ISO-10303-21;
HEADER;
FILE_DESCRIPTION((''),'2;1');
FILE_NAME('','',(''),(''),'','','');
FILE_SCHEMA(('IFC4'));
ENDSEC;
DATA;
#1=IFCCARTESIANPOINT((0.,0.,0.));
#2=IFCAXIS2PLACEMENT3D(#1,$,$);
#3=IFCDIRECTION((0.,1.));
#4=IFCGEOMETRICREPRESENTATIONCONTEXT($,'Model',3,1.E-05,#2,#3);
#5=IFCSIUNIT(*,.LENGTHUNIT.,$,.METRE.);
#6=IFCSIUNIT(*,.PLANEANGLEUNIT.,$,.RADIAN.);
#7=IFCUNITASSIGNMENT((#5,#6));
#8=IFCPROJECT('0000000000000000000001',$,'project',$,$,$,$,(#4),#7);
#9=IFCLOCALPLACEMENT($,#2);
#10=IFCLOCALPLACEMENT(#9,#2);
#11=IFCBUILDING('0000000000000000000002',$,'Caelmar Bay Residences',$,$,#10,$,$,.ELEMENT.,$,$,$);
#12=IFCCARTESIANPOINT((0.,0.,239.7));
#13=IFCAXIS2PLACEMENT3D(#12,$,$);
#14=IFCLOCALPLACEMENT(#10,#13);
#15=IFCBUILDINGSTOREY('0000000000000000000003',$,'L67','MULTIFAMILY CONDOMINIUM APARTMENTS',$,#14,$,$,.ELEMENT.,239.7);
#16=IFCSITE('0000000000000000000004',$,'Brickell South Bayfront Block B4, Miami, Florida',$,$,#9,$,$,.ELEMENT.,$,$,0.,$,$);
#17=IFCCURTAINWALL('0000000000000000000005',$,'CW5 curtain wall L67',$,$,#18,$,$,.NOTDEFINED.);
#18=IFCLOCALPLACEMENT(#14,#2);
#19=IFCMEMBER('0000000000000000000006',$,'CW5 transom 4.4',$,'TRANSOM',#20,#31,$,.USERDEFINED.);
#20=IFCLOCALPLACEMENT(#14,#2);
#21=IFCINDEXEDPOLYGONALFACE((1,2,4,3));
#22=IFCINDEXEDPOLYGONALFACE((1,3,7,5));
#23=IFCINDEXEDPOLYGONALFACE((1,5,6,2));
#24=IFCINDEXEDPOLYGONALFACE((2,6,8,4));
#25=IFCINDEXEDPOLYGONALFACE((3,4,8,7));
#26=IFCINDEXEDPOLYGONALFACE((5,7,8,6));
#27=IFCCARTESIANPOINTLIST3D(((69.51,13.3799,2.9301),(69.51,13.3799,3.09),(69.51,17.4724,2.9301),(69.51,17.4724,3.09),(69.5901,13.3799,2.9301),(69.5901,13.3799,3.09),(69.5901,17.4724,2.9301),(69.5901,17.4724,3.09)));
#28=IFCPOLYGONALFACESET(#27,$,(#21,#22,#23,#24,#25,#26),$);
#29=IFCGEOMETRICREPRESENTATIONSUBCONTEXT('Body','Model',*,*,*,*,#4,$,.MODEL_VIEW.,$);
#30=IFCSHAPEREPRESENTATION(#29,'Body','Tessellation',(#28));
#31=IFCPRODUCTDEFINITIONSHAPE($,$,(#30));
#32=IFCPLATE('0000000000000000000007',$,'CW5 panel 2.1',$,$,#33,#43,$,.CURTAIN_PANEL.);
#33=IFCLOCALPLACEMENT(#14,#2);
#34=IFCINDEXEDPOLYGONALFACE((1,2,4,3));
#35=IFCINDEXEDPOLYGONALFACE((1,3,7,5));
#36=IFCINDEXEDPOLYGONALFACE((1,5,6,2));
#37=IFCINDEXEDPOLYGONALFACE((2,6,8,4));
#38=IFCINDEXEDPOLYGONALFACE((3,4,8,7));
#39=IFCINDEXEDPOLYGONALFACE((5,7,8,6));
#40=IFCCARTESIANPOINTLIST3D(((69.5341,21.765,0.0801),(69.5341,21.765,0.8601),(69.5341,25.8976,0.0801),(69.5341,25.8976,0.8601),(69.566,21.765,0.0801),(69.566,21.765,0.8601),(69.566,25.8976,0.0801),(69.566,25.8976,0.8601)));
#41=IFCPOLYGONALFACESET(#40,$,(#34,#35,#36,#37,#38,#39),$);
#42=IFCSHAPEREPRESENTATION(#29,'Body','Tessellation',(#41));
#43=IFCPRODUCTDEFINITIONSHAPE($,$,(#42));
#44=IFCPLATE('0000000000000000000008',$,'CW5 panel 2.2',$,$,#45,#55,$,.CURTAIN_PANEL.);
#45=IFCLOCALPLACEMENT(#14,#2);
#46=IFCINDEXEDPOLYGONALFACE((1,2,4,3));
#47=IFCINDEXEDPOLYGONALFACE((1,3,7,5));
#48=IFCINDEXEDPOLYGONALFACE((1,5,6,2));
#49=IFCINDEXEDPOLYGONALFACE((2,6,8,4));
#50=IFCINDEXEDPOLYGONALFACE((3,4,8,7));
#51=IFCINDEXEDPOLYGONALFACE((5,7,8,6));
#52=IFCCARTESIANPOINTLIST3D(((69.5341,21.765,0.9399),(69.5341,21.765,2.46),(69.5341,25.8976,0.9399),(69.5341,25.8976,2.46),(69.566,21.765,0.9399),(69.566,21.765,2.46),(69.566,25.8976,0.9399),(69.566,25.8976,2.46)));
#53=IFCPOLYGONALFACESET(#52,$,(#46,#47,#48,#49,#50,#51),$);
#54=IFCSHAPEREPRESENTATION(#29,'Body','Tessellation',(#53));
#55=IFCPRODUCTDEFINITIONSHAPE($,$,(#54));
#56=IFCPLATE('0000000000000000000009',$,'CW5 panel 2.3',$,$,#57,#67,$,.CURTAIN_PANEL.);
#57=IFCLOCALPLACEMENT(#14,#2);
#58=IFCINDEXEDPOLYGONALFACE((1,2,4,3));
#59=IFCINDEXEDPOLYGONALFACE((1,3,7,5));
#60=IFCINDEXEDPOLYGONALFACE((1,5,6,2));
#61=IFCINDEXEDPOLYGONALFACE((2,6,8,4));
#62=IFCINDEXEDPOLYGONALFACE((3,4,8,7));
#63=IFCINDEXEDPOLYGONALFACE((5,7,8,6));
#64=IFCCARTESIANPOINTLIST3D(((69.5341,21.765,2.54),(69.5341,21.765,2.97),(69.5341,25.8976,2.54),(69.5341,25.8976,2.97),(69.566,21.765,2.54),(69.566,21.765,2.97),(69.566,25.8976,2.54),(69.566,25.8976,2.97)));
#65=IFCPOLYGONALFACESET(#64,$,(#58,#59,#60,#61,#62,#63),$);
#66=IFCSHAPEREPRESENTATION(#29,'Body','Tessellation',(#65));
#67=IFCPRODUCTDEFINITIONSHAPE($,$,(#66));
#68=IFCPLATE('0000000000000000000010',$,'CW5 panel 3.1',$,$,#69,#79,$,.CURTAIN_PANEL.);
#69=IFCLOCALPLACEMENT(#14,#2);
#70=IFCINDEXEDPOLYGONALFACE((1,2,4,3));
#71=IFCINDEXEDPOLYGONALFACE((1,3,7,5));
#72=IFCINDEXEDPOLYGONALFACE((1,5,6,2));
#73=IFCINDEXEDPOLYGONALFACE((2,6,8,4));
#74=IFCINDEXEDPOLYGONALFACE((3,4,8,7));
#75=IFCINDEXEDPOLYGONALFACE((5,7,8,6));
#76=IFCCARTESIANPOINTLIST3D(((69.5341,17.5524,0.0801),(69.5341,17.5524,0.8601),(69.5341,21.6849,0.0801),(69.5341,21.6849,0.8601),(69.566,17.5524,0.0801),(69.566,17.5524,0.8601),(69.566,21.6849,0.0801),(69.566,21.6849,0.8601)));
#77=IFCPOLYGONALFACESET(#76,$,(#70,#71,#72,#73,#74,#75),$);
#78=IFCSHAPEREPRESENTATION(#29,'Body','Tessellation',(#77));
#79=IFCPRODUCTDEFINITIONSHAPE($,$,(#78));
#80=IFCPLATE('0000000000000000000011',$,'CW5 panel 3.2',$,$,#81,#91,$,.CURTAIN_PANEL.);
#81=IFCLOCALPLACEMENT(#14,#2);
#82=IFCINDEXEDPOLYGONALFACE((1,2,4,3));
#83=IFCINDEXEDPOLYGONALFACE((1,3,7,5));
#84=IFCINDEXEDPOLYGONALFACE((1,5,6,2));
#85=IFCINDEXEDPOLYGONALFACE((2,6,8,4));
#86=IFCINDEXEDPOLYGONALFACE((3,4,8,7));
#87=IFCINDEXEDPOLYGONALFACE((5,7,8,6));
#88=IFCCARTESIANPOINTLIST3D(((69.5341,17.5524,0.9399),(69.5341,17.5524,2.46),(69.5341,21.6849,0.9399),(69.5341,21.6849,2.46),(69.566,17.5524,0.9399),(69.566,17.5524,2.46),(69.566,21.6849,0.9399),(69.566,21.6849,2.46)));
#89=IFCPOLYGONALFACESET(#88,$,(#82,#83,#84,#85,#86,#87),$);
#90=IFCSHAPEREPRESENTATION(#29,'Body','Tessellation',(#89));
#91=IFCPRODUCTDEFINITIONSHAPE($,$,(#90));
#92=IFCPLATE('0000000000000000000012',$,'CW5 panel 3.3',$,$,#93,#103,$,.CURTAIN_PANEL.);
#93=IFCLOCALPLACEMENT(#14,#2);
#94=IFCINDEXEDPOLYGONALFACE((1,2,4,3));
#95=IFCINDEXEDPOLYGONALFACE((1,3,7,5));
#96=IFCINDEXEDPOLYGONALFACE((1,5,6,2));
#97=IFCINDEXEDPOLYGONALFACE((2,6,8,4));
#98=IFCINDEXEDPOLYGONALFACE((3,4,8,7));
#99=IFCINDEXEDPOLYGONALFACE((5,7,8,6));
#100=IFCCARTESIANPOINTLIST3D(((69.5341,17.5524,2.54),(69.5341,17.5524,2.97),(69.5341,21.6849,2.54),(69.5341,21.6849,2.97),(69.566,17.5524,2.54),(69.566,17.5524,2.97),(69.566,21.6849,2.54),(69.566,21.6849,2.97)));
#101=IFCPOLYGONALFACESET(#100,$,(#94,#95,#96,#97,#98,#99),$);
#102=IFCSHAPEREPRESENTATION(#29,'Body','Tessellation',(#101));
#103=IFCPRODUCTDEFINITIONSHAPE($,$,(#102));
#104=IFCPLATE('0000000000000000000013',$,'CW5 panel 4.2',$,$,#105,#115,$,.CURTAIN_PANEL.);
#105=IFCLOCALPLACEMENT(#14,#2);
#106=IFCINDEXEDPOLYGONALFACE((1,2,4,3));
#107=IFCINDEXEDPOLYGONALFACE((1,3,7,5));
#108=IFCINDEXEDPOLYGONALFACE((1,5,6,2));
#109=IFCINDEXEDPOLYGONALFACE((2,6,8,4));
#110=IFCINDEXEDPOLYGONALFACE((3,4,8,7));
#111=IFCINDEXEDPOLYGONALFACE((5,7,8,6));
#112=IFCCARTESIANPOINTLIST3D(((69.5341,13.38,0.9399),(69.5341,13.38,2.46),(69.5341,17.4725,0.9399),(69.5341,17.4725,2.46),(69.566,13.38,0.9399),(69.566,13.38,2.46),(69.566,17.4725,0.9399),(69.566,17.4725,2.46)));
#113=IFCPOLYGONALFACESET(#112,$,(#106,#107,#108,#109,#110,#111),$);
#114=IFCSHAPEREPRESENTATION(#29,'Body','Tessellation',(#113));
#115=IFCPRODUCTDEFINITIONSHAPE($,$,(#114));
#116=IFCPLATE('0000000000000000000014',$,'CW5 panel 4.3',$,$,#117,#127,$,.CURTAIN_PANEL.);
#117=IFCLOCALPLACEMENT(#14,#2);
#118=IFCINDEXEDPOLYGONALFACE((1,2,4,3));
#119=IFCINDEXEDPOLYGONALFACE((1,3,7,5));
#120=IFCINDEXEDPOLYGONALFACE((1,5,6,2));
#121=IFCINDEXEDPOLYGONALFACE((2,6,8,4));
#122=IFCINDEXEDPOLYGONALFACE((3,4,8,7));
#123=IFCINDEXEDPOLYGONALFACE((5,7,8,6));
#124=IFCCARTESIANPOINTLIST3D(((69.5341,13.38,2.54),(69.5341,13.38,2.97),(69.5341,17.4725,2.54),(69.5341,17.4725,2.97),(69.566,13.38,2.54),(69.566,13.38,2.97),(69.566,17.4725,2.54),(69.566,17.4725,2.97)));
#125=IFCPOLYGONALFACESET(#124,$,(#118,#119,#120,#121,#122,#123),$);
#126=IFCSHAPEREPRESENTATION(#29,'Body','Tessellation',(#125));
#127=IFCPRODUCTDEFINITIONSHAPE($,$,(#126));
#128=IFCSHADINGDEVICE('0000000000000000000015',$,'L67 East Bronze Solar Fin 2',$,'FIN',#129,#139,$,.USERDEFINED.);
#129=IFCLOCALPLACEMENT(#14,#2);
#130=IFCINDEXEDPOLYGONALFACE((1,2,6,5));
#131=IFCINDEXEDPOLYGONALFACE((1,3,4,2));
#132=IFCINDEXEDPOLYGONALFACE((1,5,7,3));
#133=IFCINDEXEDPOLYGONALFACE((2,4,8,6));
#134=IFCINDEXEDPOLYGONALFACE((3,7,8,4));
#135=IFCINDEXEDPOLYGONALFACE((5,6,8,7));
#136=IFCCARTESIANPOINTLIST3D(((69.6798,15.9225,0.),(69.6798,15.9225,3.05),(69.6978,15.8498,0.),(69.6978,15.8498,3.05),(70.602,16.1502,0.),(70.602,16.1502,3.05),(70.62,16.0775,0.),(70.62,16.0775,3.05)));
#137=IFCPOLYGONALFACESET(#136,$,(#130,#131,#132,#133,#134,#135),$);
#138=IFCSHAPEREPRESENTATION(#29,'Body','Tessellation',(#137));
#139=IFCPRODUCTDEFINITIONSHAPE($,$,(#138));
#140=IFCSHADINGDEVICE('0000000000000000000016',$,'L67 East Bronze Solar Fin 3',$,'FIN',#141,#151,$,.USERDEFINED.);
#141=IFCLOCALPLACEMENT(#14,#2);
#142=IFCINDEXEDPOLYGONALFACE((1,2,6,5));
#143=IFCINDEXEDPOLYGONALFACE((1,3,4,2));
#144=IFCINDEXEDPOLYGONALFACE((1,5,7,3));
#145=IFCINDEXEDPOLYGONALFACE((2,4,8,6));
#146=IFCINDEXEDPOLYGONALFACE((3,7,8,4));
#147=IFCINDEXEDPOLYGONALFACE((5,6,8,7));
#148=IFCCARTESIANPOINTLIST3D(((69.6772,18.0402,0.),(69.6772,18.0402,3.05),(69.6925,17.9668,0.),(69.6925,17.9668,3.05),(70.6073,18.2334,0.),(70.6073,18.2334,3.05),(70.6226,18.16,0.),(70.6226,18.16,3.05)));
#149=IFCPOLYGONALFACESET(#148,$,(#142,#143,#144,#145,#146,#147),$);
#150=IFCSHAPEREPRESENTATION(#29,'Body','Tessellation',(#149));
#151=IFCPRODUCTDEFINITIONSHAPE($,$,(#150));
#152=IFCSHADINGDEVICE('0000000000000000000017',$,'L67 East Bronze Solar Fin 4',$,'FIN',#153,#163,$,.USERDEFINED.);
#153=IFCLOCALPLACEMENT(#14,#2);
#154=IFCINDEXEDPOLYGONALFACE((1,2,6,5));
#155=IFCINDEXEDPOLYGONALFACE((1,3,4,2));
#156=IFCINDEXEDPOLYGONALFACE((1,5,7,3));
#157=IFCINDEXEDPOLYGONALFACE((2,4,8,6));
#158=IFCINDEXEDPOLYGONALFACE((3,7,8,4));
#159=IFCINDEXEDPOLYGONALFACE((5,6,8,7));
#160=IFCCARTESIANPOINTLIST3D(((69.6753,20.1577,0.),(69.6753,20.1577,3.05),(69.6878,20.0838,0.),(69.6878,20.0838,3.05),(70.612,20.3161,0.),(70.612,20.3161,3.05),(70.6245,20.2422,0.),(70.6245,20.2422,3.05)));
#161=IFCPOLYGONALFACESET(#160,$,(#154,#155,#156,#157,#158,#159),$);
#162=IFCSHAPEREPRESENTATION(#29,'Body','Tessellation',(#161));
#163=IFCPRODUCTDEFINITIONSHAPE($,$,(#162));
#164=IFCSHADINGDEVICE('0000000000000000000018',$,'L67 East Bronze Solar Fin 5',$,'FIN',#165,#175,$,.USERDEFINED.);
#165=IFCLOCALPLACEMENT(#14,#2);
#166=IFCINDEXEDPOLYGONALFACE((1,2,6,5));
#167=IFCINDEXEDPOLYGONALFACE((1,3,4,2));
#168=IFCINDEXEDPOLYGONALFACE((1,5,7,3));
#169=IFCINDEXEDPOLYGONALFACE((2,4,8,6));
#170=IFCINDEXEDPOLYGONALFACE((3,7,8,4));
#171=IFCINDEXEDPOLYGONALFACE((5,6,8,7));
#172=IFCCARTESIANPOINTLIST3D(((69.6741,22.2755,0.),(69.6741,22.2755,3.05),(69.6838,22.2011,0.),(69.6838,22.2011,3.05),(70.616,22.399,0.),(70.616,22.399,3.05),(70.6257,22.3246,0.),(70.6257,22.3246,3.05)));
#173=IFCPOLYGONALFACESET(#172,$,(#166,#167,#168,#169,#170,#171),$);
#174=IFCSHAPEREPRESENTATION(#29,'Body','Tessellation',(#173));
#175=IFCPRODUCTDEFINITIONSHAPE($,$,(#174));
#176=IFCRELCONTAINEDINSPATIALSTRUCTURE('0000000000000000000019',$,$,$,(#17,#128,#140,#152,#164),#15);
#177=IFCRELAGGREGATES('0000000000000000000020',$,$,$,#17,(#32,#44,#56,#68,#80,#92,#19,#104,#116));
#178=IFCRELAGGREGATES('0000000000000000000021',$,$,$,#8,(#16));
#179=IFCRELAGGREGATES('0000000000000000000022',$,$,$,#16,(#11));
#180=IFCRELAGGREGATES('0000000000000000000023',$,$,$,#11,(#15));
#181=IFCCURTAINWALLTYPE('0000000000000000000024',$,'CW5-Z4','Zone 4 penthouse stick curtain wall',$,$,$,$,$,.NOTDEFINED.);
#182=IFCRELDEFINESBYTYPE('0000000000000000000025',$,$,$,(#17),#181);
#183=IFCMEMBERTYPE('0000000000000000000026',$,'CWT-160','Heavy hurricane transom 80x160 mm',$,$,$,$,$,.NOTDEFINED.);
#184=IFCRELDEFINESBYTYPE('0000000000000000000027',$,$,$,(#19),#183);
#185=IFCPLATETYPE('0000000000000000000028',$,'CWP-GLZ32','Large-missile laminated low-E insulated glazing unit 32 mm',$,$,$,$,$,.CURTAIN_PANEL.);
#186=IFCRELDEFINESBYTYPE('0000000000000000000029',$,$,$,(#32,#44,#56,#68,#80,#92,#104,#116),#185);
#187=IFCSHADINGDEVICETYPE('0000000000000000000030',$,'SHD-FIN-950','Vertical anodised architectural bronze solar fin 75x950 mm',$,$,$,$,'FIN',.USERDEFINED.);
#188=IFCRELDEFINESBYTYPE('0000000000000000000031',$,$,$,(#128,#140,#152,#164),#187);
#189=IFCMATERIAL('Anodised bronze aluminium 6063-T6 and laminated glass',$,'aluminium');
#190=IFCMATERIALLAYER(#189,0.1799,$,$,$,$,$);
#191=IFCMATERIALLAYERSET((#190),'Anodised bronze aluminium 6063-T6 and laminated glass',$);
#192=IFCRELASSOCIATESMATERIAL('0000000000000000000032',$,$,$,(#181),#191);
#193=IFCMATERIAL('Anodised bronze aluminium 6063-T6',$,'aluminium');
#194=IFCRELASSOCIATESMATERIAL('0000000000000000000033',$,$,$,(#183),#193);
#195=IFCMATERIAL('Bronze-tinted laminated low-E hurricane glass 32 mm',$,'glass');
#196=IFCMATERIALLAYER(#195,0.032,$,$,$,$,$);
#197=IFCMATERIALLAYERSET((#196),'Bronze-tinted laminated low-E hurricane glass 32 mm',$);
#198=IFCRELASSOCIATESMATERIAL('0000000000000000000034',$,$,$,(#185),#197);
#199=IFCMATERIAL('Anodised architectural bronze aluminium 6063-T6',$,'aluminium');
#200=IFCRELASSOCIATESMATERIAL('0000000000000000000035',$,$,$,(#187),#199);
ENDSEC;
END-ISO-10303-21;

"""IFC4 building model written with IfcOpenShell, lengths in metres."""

from ifc_helpers import new_model, si_unit, direction, frame, origin, origin_2d, place, context, subcontext, project, spatial, rectangle, extrude, material, layer, layer_set, material_profile, profile_set, type_object, element, aggregate, save


model = new_model("IFC4")

# Units and contexts
model_context = context("Model", 3, precision=1e-05, world=origin(), true_north=direction((0.0, 1.0)))
body_context = subcontext(model_context, "Body", "Model", "MODEL_VIEW")
ifc_project = project(units=[si_unit("LENGTHUNIT", "METRE"), si_unit("PLANEANGLEUNIT", "RADIAN")], contexts=[model_context])

# Site, building, storey
site_placement = place(None, origin())
site = spatial("IfcSite", under=ifc_project, at=site_placement, Name="Brickell South Bayfront Block B4, Miami, Florida", CompositionType="ELEMENT", RefElevation=0.0)
building_placement = place(site_placement, origin())
building = spatial("IfcBuilding", under=site, at=building_placement, Name="Caelmar Bay Residences", CompositionType="ELEMENT")
storey_placement = place(building_placement, frame((0.0, 0.0, 239.7)))
storey = spatial("IfcBuildingStorey", under=building, at=storey_placement, Name="L67", Description="MULTIFAMILY CONDOMINIUM APARTMENTS", CompositionType="ELEMENT", Elevation=239.7)

# Curtain wall, member, plates
ifc_material_1 = material(Name="Anodised bronze aluminium 6063-T6 and laminated glass", Category="aluminium")
ifc_layer_1 = layer(ifc_material_1, 0.1799)
ifc_layer_set_1 = layer_set([ifc_layer_1], Name="Anodised bronze aluminium 6063-T6 and laminated glass")
curtain_wall_type = type_object("IfcCurtainWallType", Name="CW5-Z4", Description="Zone 4 penthouse stick curtain wall", PredefinedType="NOTDEFINED", material=ifc_layer_set_1)
curtain_wall_placement = place(storey_placement, origin())
curtain_wall = element("IfcCurtainWall", 1, at=curtain_wall_placement, inside=storey, type_object=curtain_wall_type, Name="CW5 curtain wall L67", PredefinedType="NOTDEFINED")
ifc_material_2 = material(Name="Anodised bronze aluminium 6063-T6", Category="aluminium")
ifc_material_profile_1 = material_profile(ifc_material_2, rectangle(XDim=0.0801, YDim=0.1599, at=origin_2d()), Name="CWT-80X160")
ifc_profile_set_1 = profile_set([ifc_material_profile_1], Name="Anodised bronze aluminium 6063-T6")
member_type_1 = type_object("IfcMemberType", Name="CWT-160", Description="Heavy hurricane transom 80x160 mm", PredefinedType="NOTDEFINED", material=ifc_profile_set_1)
member_1_placement = place(storey_placement, frame((69.55, 17.4724, 3.01), z_axis=(0.0, -1.0, 0.0), x_axis=(1.0, 0.0, 0.0)))
member_1 = element("IfcMember", 2, at=member_1_placement, type_object=member_type_1, Name="CW5 transom 4.4", ObjectType="TRANSOM", PredefinedType="USERDEFINED", context=body_context, shape_type="SweptSolid", body=[
    extrude(rectangle(XDim=0.0801, YDim=0.1599, at=origin_2d()), origin(), (0.0, 0.0, 1.0), 4.0925),
])
ifc_material_3 = material(Name="Bronze-tinted laminated low-E hurricane glass 32 mm", Category="glass")
ifc_layer_2 = layer(ifc_material_3, 0.032)
ifc_layer_set_2 = layer_set([ifc_layer_2], Name="Bronze-tinted laminated low-E hurricane glass 32 mm")
plate_type = type_object("IfcPlateType", Name="CWP-GLZ32", Description="Large-missile laminated low-E insulated glazing unit 32 mm", PredefinedType="CURTAIN_PANEL", material=ifc_layer_set_2)
plate_1_placement = place(storey_placement, frame((69.55, 23.8313, 0.0801), z_axis=(0.0, 0.0, 1.0), x_axis=(0.0, -1.0, 0.0)))
plate_1 = element("IfcPlate", 3, at=plate_1_placement, type_object=plate_type, Name="CW5 panel 2.1", PredefinedType="CURTAIN_PANEL", context=body_context, shape_type="SweptSolid", body=[
    extrude(rectangle(XDim=4.1326, YDim=0.032, at=origin_2d()), origin(), (0.0, 0.0, 1.0), 0.78),
])
plate_2_placement = place(storey_placement, frame((69.55, 23.8313, 0.9399), z_axis=(0.0, 0.0, 1.0), x_axis=(0.0, -1.0, 0.0)))
plate_2 = element("IfcPlate", 4, at=plate_2_placement, type_object=plate_type, Name="CW5 panel 2.2", PredefinedType="CURTAIN_PANEL", context=body_context, shape_type="SweptSolid", body=[
    extrude(rectangle(XDim=4.1326, YDim=0.032, at=origin_2d()), origin(), (0.0, 0.0, 1.0), 1.52),
])
plate_3_placement = place(storey_placement, frame((69.55, 23.8313, 2.54), z_axis=(0.0, 0.0, 1.0), x_axis=(0.0, -1.0, 0.0)))
plate_3 = element("IfcPlate", 5, at=plate_3_placement, type_object=plate_type, Name="CW5 panel 2.3", PredefinedType="CURTAIN_PANEL", context=body_context, shape_type="SweptSolid", body=[
    extrude(rectangle(XDim=4.1326, YDim=0.032, at=origin_2d()), origin(), (0.0, 0.0, 1.0), 0.4299),
])
plate_4_placement = place(storey_placement, frame((69.55, 19.6187, 0.0801), z_axis=(0.0, 0.0, 1.0), x_axis=(0.0, -1.0, 0.0)))
plate_4 = element("IfcPlate", 6, at=plate_4_placement, type_object=plate_type, Name="CW5 panel 3.1", PredefinedType="CURTAIN_PANEL", context=body_context, shape_type="SweptSolid", body=[
    extrude(rectangle(XDim=4.1326, YDim=0.032, at=origin_2d()), origin(), (0.0, 0.0, 1.0), 0.78),
])
plate_5_placement = place(storey_placement, frame((69.55, 19.6187, 0.9399), z_axis=(0.0, 0.0, 1.0), x_axis=(0.0, -1.0, 0.0)))
plate_5 = element("IfcPlate", 7, at=plate_5_placement, type_object=plate_type, Name="CW5 panel 3.2", PredefinedType="CURTAIN_PANEL", context=body_context, shape_type="SweptSolid", body=[
    extrude(rectangle(XDim=4.1326, YDim=0.032, at=origin_2d()), origin(), (0.0, 0.0, 1.0), 1.52),
])
plate_6_placement = place(storey_placement, frame((69.55, 19.6187, 2.54), z_axis=(0.0, 0.0, 1.0), x_axis=(0.0, -1.0, 0.0)))
plate_6 = element("IfcPlate", 8, at=plate_6_placement, type_object=plate_type, Name="CW5 panel 3.3", PredefinedType="CURTAIN_PANEL", context=body_context, shape_type="SweptSolid", body=[
    extrude(rectangle(XDim=4.1326, YDim=0.032, at=origin_2d()), origin(), (0.0, 0.0, 1.0), 0.4299),
])
plate_7_placement = place(storey_placement, frame((69.55, 15.4263, 0.9399), z_axis=(0.0, 0.0, 1.0), x_axis=(0.0, -1.0, 0.0)))
plate_7 = element("IfcPlate", 9, at=plate_7_placement, type_object=plate_type, Name="CW5 panel 4.2", PredefinedType="CURTAIN_PANEL", context=body_context, shape_type="SweptSolid", body=[
    extrude(rectangle(XDim=4.0925, YDim=0.032, at=origin_2d()), origin(), (0.0, 0.0, 1.0), 1.52),
])
plate_8_placement = place(storey_placement, frame((69.55, 15.4263, 2.54), z_axis=(0.0, 0.0, 1.0), x_axis=(0.0, -1.0, 0.0)))
plate_8 = element("IfcPlate", 10, at=plate_8_placement, type_object=plate_type, Name="CW5 panel 4.3", PredefinedType="CURTAIN_PANEL", context=body_context, shape_type="SweptSolid", body=[
    extrude(rectangle(XDim=4.0925, YDim=0.032, at=origin_2d()), origin(), (0.0, 0.0, 1.0), 0.4299),
])
aggregate(curtain_wall, [plate_1, plate_2, plate_3, plate_4, plate_5, plate_6, member_1, plate_7, plate_8])

# Shading devices
ifc_material_4 = material(Name="Anodised architectural bronze aluminium 6063-T6", Category="aluminium")
ifc_material_profile_2 = material_profile(ifc_material_4, rectangle(XDim=0.075, YDim=0.95, at=origin_2d()), Name="BRONZE-FIN-75X950")
ifc_profile_set_2 = profile_set([ifc_material_profile_2], Name="Anodised architectural bronze aluminium 6063-T6")
shading_device_type = type_object("IfcShadingDeviceType", Name="SHD-FIN-950", Description="Vertical anodised architectural bronze solar fin 75x950 mm", ElementType="FIN", PredefinedType="USERDEFINED", material=ifc_profile_set_2)
for number, where, z_axis, x_axis, name in (
    (11, (70.1499, 16.0, 0.0), (0.0, 0.0, 1.0), (-0.23972, 0.970842, 0.0), "L67 East Bronze Solar Fin 2"),
    (12, (70.1499, 18.1001, 0.0), (0.0, 0.0, 1.0), (-0.2033, 0.979116, 0.0), "L67 East Bronze Solar Fin 3"),
    (13, (70.1499, 20.2, 0.0), (0.0, 0.0, 1.0), (-0.166769, 0.985996, 0.0), "L67 East Bronze Solar Fin 4"),
    (14, (70.1499, 22.3, 0.0), (0.0, 0.0, 1.0), (-0.130007, 0.991513, 0.0), "L67 East Bronze Solar Fin 5"),
):
    element("IfcShadingDevice", number, at=place(storey_placement, frame(where, z_axis=z_axis, x_axis=x_axis)), inside=storey, type_object=shading_device_type, Name=name, ObjectType="FIN", PredefinedType="USERDEFINED", context=body_context, shape_type="SweptSolid", body=[
        extrude(rectangle(XDim=0.075, YDim=0.95, at=origin_2d()), origin(), (0.0, 0.0, 1.0), 3.05),
    ])

save(model, "model.ifc")
